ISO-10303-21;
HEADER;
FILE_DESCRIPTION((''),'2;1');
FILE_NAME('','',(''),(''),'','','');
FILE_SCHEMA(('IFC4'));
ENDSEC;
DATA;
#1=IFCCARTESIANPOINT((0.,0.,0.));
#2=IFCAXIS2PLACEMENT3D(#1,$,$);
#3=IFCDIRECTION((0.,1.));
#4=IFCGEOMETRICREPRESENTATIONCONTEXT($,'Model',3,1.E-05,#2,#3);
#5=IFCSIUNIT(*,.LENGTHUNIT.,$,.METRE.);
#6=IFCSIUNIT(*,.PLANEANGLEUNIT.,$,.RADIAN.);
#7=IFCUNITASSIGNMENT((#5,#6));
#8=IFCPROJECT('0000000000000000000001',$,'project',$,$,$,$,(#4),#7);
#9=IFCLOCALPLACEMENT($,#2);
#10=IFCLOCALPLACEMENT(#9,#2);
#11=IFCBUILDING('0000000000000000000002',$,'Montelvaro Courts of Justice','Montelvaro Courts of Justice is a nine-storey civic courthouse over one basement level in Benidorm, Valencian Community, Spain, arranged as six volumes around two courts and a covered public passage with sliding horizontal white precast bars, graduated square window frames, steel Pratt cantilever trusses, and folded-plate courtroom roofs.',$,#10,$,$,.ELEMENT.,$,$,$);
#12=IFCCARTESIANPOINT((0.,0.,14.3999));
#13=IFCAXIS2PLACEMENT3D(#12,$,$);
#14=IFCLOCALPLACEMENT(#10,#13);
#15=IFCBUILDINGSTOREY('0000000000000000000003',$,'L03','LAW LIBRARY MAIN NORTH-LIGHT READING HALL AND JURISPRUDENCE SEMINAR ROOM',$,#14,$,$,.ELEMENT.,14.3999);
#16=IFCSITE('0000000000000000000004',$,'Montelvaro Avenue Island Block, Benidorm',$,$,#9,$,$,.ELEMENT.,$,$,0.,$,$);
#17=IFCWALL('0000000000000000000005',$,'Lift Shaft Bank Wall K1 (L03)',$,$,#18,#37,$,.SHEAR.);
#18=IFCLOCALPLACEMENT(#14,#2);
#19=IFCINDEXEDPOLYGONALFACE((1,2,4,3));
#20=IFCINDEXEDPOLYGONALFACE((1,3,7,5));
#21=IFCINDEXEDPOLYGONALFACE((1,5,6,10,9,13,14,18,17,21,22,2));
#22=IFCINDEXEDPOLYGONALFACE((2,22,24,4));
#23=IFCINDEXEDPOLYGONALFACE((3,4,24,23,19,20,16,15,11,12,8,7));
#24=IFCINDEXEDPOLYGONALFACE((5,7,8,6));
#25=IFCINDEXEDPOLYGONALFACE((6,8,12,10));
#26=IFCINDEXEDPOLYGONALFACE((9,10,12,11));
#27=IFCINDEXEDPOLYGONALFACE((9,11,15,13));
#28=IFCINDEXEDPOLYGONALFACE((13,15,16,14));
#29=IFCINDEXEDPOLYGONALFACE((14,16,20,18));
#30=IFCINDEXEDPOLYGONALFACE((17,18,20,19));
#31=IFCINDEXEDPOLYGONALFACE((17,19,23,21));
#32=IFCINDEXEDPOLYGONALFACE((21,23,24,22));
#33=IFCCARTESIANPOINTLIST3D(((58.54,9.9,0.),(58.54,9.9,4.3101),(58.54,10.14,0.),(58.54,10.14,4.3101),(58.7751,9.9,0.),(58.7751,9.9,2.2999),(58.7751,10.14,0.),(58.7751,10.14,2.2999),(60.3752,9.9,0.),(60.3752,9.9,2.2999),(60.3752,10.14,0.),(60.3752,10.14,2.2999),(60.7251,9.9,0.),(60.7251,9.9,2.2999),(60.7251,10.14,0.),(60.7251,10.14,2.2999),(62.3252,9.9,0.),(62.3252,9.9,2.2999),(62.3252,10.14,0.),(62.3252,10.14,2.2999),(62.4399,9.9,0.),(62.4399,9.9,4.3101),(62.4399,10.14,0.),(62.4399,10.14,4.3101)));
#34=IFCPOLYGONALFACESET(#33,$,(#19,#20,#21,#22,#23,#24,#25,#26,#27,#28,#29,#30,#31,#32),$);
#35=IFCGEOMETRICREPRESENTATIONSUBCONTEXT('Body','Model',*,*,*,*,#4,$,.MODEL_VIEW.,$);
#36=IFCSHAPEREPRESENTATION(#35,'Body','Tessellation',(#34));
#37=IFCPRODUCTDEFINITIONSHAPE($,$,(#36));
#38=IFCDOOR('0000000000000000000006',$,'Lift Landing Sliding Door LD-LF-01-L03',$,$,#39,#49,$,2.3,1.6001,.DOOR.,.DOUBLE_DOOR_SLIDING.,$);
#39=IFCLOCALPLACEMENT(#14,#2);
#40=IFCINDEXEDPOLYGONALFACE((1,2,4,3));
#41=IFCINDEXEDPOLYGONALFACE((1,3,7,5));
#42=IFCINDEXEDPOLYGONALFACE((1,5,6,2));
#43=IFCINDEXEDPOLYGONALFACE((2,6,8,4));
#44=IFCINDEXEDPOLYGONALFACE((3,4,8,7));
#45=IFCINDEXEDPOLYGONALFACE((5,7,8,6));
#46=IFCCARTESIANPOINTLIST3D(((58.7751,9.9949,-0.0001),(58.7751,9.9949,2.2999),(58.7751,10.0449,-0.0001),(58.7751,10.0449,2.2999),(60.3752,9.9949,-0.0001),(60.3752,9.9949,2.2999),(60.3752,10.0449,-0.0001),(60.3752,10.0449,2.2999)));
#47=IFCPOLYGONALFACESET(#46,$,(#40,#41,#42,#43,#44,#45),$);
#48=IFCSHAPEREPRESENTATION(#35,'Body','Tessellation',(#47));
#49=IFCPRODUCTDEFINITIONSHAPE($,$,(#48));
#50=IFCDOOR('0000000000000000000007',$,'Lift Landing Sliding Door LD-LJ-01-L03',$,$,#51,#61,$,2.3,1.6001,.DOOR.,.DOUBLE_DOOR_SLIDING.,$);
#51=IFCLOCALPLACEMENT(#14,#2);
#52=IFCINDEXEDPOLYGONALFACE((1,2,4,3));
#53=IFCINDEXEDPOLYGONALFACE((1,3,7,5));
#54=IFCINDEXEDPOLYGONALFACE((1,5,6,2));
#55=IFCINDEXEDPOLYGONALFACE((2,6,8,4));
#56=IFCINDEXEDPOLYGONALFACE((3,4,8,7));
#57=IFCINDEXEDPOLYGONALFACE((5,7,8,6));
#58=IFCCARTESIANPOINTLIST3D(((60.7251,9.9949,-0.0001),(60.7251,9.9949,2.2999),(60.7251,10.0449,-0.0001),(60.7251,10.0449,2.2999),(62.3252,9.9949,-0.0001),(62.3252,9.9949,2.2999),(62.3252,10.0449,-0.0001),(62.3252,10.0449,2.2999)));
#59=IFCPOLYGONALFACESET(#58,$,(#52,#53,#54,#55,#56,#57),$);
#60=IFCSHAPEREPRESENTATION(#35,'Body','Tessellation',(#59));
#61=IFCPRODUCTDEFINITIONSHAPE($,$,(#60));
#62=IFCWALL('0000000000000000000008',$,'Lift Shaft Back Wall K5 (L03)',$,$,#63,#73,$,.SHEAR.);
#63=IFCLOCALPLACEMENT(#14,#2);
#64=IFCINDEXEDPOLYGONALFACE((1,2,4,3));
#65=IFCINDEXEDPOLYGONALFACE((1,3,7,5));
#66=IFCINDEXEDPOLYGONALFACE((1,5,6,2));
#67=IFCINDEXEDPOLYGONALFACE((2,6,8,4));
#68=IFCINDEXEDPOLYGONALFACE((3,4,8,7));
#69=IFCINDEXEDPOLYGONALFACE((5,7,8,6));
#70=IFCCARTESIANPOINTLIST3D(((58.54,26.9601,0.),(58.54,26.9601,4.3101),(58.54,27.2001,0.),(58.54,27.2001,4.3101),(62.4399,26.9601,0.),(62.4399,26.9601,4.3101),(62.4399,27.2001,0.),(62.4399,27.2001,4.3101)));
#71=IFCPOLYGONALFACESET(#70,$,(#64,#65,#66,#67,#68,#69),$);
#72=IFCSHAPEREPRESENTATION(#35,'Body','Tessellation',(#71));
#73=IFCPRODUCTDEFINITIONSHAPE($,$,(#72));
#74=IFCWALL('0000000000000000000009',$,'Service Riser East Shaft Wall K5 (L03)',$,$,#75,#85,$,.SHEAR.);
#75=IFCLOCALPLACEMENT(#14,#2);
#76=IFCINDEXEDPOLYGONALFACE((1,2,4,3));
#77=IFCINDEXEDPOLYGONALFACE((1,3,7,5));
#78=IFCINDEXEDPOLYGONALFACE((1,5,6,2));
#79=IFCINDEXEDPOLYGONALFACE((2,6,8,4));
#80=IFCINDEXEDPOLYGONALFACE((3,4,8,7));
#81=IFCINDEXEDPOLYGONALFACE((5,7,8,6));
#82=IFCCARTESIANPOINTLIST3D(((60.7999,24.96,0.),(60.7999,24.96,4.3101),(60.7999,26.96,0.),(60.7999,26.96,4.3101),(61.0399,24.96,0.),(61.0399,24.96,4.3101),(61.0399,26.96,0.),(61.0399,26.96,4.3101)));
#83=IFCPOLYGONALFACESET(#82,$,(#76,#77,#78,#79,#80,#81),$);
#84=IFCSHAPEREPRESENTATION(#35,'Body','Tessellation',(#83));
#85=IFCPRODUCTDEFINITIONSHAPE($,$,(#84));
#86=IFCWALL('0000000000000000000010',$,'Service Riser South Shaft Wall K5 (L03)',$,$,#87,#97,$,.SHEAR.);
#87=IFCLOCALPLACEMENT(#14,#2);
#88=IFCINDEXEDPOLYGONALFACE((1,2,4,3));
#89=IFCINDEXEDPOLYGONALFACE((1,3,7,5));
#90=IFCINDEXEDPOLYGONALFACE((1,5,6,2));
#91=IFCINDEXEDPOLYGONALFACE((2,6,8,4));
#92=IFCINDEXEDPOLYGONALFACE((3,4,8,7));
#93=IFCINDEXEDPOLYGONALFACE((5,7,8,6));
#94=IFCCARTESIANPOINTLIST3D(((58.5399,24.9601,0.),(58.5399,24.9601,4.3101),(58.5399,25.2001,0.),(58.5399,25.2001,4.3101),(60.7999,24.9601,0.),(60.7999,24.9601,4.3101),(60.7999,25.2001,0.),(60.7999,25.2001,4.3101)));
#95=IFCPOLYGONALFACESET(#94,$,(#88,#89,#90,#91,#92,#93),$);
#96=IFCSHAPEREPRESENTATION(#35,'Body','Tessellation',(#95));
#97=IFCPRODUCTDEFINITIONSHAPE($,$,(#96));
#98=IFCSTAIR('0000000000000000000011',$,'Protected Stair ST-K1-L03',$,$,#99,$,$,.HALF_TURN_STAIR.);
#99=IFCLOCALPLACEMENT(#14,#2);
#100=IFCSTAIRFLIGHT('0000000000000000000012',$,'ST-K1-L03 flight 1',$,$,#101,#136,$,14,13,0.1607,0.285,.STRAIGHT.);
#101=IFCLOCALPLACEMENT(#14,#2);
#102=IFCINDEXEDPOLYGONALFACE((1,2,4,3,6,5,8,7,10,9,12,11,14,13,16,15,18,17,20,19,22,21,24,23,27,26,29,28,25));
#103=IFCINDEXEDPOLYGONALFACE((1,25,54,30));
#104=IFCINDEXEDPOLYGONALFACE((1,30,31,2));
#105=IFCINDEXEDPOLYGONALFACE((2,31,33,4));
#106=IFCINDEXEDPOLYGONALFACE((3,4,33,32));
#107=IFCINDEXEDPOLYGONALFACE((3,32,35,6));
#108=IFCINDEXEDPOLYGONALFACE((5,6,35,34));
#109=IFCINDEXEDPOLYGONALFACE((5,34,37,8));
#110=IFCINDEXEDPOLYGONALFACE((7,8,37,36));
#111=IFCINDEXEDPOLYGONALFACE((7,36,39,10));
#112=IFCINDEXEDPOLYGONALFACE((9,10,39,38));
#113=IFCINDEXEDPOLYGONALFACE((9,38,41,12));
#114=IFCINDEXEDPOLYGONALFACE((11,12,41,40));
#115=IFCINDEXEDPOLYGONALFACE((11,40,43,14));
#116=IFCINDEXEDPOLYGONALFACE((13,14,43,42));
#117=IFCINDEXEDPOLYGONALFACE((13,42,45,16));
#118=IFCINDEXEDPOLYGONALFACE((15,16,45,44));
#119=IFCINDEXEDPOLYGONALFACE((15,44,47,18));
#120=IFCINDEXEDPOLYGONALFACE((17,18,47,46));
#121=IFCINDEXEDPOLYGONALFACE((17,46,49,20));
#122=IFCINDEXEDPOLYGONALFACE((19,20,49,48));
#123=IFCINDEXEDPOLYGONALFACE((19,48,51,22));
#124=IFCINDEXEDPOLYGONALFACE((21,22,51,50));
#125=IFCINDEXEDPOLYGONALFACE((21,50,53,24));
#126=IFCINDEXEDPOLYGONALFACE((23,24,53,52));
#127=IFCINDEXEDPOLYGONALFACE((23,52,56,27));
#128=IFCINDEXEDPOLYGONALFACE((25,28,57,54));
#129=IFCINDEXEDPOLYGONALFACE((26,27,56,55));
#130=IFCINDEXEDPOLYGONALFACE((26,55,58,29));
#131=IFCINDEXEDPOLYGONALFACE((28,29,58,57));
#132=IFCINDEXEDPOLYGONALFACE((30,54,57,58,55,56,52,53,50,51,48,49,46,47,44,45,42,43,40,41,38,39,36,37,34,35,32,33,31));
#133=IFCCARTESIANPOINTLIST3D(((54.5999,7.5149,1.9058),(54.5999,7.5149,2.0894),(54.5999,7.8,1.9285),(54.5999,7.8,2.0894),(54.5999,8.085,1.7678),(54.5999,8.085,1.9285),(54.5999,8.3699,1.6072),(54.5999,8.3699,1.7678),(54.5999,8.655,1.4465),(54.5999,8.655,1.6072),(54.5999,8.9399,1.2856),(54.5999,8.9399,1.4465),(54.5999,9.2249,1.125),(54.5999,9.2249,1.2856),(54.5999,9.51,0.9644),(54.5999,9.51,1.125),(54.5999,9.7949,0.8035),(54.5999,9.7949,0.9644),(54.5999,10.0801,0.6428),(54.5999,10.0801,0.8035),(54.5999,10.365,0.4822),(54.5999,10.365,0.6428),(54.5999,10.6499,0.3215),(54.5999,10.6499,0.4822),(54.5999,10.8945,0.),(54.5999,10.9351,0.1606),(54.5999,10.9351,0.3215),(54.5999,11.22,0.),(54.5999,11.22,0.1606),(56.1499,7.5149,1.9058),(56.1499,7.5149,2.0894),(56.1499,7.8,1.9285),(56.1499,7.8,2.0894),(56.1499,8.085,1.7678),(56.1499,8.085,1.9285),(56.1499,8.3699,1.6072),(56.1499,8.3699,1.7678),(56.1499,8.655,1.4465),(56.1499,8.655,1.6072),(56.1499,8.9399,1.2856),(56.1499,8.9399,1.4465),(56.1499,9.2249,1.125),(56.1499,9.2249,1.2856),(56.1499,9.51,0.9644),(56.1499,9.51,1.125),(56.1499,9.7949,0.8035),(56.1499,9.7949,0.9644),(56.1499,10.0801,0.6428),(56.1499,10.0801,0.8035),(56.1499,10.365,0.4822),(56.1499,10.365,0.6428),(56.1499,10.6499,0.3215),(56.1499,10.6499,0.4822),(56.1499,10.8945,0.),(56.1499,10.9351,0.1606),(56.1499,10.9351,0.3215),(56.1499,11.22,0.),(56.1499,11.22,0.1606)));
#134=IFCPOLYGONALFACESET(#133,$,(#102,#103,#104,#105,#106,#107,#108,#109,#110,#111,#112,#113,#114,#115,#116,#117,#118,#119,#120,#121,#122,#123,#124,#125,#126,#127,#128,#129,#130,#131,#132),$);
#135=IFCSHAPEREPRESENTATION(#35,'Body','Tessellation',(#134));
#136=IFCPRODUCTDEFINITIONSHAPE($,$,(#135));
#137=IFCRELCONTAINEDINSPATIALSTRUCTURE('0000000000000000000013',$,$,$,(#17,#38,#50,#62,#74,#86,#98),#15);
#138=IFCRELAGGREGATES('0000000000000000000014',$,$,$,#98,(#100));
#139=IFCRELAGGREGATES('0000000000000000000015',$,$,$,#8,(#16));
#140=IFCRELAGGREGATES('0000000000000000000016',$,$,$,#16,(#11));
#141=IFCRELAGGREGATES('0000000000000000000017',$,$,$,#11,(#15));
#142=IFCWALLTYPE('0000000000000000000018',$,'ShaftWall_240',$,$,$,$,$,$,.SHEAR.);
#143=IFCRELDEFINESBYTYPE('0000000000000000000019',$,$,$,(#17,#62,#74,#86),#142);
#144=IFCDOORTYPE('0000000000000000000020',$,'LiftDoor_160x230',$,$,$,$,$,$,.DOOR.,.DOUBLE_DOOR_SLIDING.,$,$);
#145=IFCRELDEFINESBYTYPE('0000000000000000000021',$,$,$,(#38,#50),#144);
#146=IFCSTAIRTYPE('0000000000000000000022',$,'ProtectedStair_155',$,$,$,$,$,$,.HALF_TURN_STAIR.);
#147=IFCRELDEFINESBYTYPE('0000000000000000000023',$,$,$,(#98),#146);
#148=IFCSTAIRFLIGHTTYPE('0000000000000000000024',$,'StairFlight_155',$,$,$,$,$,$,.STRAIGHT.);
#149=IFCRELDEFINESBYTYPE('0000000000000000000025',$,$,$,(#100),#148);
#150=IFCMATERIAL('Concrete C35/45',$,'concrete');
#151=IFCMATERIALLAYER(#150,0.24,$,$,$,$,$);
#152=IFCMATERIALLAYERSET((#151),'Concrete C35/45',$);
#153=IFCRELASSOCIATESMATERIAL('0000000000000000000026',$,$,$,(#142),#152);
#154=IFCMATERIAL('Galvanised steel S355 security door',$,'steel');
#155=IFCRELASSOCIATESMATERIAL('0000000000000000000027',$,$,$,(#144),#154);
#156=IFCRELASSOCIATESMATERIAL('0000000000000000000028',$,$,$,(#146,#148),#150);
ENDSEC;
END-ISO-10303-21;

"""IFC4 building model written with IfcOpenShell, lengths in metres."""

from ifc_helpers import new_model, si_unit, direction, frame, frame_2d, origin, place, context, subcontext, project, spatial, polyline, rectangle, outline, extrude, material, layer, layer_set, type_object, element, fill, aggregate, save


model = new_model("IFC4")

# Units and contexts
model_context = context("Model", 3, precision=1e-05, world=origin(), true_north=direction((0.0, 1.0)))
body_context = subcontext(model_context, "Body", "Model", "MODEL_VIEW")
ifc_project = project(units=[si_unit("LENGTHUNIT", "METRE"), si_unit("PLANEANGLEUNIT", "RADIAN")], contexts=[model_context])

# Site, building, storey
site_placement = place(None, origin())
site = spatial("IfcSite", under=ifc_project, at=site_placement, Name="Montelvaro Avenue Island Block, Benidorm", CompositionType="ELEMENT", RefElevation=0.0)
building_placement = place(site_placement, origin())
building = spatial("IfcBuilding", under=site, at=building_placement, Name="Montelvaro Courts of Justice", Description="Montelvaro Courts of Justice is a nine-storey civic courthouse over one basement level in Benidorm, Valencian Community, Spain, arranged as six volumes around two courts and a covered public passage with sliding horizontal white precast bars, graduated square window frames, steel Pratt cantilever trusses, and folded-plate courtroom roofs.", CompositionType="ELEMENT")
storey_placement = place(building_placement, frame((0.0, 0.0, 14.3999)))
storey = spatial("IfcBuildingStorey", under=building, at=storey_placement, Name="L03", Description="LAW LIBRARY MAIN NORTH-LIGHT READING HALL AND JURISPRUDENCE SEMINAR ROOM", CompositionType="ELEMENT", Elevation=14.3999)

# Shared definitions
ifc_material_1 = material(Name="Galvanised steel S355 security door", Category="steel")

# Shared definitions
ifc_material_2 = material(Name="Concrete C35/45", Category="concrete")
ifc_layer_1 = layer(ifc_material_2, 0.24)
ifc_layer_set_1 = layer_set([ifc_layer_1], Name="Concrete C35/45")
wall_type_1 = type_object("IfcWallType", Name="ShaftWall_240", PredefinedType="SHEAR", material=ifc_layer_set_1)

# Wall, openings, doors
wall_1_placement = place(storey_placement, frame((58.54, 10.02, 0.0), z_axis=(0.0, 0.0, 1.0), x_axis=(1.0, 0.0, 0.0)))
wall_1 = element("IfcWall", 1, at=wall_1_placement, inside=storey, type_object=wall_type_1, Name="Lift Shaft Bank Wall K1 (L03)", PredefinedType="SHEAR", context=body_context, shape_type="SweptSolid", body=[
    extrude(rectangle(XDim=3.8999, YDim=0.24, at=frame_2d((1.95, 0.0))), origin(), (0.0, 0.0, 1.0), 4.3101),
])
opening_1_placement = place(wall_1_placement, frame((0.2351, 0.0, 0.0)))
opening_1 = element("IfcOpeningElement", 2, at=opening_1_placement, cuts=wall_1, PredefinedType="OPENING", context=body_context, shape_type="SweptSolid", body=[
    extrude(rectangle(XDim=1.6001, YDim=2.3, at=frame_2d((0.8, 1.1499))), frame((0.0, 0.1348, 0.0), z_axis=(0.0, -1.0, 0.0), x_axis=(1.0, 0.0, 0.0)), (0.0, 0.0, 1.0), 0.2698),
])
opening_2_placement = place(wall_1_placement, frame((2.1851, 0.0, 0.0)))
opening_2 = element("IfcOpeningElement", 3, at=opening_2_placement, cuts=wall_1, PredefinedType="OPENING", context=body_context, shape_type="SweptSolid", body=[
    extrude(rectangle(XDim=1.6001, YDim=2.3, at=frame_2d((0.8, 1.1499))), frame((0.0, 0.1348, 0.0), z_axis=(0.0, -1.0, 0.0), x_axis=(1.0, 0.0, 0.0)), (0.0, 0.0, 1.0), 0.2698),
])
door_type_1 = type_object("IfcDoorType", Name="LiftDoor_160x230", OperationType="DOUBLE_DOOR_SLIDING", PredefinedType="DOOR", material=ifc_material_1)
door_1_placement = place(opening_1_placement, origin())
door_1 = element("IfcDoor", 4, at=door_1_placement, inside=storey, type_object=door_type_1, Name="Lift Landing Sliding Door LD-LF-01-L03", OperationType="DOUBLE_DOOR_SLIDING", OverallHeight=2.3, OverallWidth=1.6001, PredefinedType="DOOR", context=body_context, shape_type="SweptSolid", body=[
    extrude(rectangle(XDim=1.6001, YDim=2.3, at=frame_2d((0.8, 1.1499))), frame((0.0, 0.0249, 0.0), z_axis=(0.0, -1.0, 0.0), x_axis=(1.0, 0.0, 0.0)), (0.0, 0.0, 1.0), 0.05),
])
fill(opening_1, door_1)
door_2_placement = place(opening_2_placement, origin())
door_2 = element("IfcDoor", 5, at=door_2_placement, inside=storey, type_object=door_type_1, Name="Lift Landing Sliding Door LD-LJ-01-L03", OperationType="DOUBLE_DOOR_SLIDING", OverallHeight=2.3, OverallWidth=1.6001, PredefinedType="DOOR", context=body_context, shape_type="SweptSolid", body=[
    extrude(rectangle(XDim=1.6001, YDim=2.3, at=frame_2d((0.8, 1.1499))), frame((0.0, 0.0249, 0.0), z_axis=(0.0, -1.0, 0.0), x_axis=(1.0, 0.0, 0.0)), (0.0, 0.0, 1.0), 0.05),
])
fill(opening_2, door_2)

# Walls
wall_2_placement = place(storey_placement, frame((58.54, 27.0801, 0.0), z_axis=(0.0, 0.0, 1.0), x_axis=(1.0, 0.0, 0.0)))
element("IfcWall", 6, at=wall_2_placement, inside=storey, type_object=wall_type_1, Name="Lift Shaft Back Wall K5 (L03)", PredefinedType="SHEAR", context=body_context, shape_type="SweptSolid", body=[
    extrude(rectangle(XDim=3.8999, YDim=0.24, at=frame_2d((1.95, 0.0))), origin(), (0.0, 0.0, 1.0), 4.3101),
])
wall_3_placement = place(storey_placement, frame((60.9199, 24.96, 0.0), z_axis=(0.0, 0.0, 1.0), x_axis=(0.0, 1.0, 0.0)))
element("IfcWall", 7, at=wall_3_placement, inside=storey, type_object=wall_type_1, Name="Service Riser East Shaft Wall K5 (L03)", PredefinedType="SHEAR", context=body_context, shape_type="SweptSolid", body=[
    extrude(rectangle(XDim=2.0, YDim=0.24, at=frame_2d((1.0, 0.0))), origin(), (0.0, 0.0, 1.0), 4.3101),
])
wall_4_placement = place(storey_placement, frame((58.54, 25.0801, 0.0), z_axis=(0.0, 0.0, 1.0), x_axis=(1.0, 0.0, 0.0)))
element("IfcWall", 8, at=wall_4_placement, inside=storey, type_object=wall_type_1, Name="Service Riser South Shaft Wall K5 (L03)", PredefinedType="SHEAR", context=body_context, shape_type="SweptSolid", body=[
    extrude(rectangle(XDim=2.26, YDim=0.24, at=frame_2d((1.1299, 0.0))), origin(), (0.0, 0.0, 1.0), 4.3101),
])

# Stair, stair flight
stair_type = type_object("IfcStairType", Name="ProtectedStair_155", PredefinedType="HALF_TURN_STAIR", material=ifc_material_2)
stair_placement = place(storey_placement, origin())
stair = element("IfcStair", 9, at=stair_placement, inside=storey, type_object=stair_type, Name="Protected Stair ST-K1-L03", PredefinedType="HALF_TURN_STAIR")
stair_flight_type = type_object("IfcStairFlightType", Name="StairFlight_155", PredefinedType="STRAIGHT", material=ifc_material_2)
stair_flight_placement = place(storey_placement, frame((55.375, 11.22, 0.0), z_axis=(0.0, 0.0, 1.0), x_axis=(0.0, -1.0, 0.0)))
stair_flight = element("IfcStairFlight", 10, at=stair_flight_placement, type_object=stair_flight_type, Name="ST-K1-L03 flight 1", NumberOfRisers=14, NumberOfTreads=13, PredefinedType="STRAIGHT", RiserHeight=0.1607, TreadLength=0.285, context=body_context, shape_type="SweptSolid", body=[
    extrude(outline(polyline([(0.0, 0.0), (0.0, 0.1606), (0.2849, 0.1606), (0.2849, 0.3215), (0.5701, 0.3215), (0.5701, 0.4822), (0.855, 0.4822), (0.855, 0.6428), (1.1399, 0.6428), (1.1399, 0.8035), (1.425, 0.8035), (1.425, 0.9644), (1.71, 0.9644), (1.71, 1.125), (1.9951, 1.125), (1.9951, 1.2856), (2.28, 1.2856), (2.28, 1.4465), (2.5649, 1.4465), (2.5649, 1.6072), (2.8501, 1.6072), (2.8501, 1.7678), (3.135, 1.7678), (3.135, 1.9285), (3.4199, 1.9285), (3.4199, 2.0894), (3.7051, 2.0894), (3.7051, 2.25), (3.7051, 1.9058), (0.3254, 0.0), (0.0, 0.0)])), frame((0.0, 0.7749, 0.0), z_axis=(0.0, -1.0, 0.0), x_axis=(1.0, 0.0, 0.0)), (0.0, 0.0, 1.0), 1.55),
])
aggregate(stair, [stair_flight])

save(model, "model.ifc")
